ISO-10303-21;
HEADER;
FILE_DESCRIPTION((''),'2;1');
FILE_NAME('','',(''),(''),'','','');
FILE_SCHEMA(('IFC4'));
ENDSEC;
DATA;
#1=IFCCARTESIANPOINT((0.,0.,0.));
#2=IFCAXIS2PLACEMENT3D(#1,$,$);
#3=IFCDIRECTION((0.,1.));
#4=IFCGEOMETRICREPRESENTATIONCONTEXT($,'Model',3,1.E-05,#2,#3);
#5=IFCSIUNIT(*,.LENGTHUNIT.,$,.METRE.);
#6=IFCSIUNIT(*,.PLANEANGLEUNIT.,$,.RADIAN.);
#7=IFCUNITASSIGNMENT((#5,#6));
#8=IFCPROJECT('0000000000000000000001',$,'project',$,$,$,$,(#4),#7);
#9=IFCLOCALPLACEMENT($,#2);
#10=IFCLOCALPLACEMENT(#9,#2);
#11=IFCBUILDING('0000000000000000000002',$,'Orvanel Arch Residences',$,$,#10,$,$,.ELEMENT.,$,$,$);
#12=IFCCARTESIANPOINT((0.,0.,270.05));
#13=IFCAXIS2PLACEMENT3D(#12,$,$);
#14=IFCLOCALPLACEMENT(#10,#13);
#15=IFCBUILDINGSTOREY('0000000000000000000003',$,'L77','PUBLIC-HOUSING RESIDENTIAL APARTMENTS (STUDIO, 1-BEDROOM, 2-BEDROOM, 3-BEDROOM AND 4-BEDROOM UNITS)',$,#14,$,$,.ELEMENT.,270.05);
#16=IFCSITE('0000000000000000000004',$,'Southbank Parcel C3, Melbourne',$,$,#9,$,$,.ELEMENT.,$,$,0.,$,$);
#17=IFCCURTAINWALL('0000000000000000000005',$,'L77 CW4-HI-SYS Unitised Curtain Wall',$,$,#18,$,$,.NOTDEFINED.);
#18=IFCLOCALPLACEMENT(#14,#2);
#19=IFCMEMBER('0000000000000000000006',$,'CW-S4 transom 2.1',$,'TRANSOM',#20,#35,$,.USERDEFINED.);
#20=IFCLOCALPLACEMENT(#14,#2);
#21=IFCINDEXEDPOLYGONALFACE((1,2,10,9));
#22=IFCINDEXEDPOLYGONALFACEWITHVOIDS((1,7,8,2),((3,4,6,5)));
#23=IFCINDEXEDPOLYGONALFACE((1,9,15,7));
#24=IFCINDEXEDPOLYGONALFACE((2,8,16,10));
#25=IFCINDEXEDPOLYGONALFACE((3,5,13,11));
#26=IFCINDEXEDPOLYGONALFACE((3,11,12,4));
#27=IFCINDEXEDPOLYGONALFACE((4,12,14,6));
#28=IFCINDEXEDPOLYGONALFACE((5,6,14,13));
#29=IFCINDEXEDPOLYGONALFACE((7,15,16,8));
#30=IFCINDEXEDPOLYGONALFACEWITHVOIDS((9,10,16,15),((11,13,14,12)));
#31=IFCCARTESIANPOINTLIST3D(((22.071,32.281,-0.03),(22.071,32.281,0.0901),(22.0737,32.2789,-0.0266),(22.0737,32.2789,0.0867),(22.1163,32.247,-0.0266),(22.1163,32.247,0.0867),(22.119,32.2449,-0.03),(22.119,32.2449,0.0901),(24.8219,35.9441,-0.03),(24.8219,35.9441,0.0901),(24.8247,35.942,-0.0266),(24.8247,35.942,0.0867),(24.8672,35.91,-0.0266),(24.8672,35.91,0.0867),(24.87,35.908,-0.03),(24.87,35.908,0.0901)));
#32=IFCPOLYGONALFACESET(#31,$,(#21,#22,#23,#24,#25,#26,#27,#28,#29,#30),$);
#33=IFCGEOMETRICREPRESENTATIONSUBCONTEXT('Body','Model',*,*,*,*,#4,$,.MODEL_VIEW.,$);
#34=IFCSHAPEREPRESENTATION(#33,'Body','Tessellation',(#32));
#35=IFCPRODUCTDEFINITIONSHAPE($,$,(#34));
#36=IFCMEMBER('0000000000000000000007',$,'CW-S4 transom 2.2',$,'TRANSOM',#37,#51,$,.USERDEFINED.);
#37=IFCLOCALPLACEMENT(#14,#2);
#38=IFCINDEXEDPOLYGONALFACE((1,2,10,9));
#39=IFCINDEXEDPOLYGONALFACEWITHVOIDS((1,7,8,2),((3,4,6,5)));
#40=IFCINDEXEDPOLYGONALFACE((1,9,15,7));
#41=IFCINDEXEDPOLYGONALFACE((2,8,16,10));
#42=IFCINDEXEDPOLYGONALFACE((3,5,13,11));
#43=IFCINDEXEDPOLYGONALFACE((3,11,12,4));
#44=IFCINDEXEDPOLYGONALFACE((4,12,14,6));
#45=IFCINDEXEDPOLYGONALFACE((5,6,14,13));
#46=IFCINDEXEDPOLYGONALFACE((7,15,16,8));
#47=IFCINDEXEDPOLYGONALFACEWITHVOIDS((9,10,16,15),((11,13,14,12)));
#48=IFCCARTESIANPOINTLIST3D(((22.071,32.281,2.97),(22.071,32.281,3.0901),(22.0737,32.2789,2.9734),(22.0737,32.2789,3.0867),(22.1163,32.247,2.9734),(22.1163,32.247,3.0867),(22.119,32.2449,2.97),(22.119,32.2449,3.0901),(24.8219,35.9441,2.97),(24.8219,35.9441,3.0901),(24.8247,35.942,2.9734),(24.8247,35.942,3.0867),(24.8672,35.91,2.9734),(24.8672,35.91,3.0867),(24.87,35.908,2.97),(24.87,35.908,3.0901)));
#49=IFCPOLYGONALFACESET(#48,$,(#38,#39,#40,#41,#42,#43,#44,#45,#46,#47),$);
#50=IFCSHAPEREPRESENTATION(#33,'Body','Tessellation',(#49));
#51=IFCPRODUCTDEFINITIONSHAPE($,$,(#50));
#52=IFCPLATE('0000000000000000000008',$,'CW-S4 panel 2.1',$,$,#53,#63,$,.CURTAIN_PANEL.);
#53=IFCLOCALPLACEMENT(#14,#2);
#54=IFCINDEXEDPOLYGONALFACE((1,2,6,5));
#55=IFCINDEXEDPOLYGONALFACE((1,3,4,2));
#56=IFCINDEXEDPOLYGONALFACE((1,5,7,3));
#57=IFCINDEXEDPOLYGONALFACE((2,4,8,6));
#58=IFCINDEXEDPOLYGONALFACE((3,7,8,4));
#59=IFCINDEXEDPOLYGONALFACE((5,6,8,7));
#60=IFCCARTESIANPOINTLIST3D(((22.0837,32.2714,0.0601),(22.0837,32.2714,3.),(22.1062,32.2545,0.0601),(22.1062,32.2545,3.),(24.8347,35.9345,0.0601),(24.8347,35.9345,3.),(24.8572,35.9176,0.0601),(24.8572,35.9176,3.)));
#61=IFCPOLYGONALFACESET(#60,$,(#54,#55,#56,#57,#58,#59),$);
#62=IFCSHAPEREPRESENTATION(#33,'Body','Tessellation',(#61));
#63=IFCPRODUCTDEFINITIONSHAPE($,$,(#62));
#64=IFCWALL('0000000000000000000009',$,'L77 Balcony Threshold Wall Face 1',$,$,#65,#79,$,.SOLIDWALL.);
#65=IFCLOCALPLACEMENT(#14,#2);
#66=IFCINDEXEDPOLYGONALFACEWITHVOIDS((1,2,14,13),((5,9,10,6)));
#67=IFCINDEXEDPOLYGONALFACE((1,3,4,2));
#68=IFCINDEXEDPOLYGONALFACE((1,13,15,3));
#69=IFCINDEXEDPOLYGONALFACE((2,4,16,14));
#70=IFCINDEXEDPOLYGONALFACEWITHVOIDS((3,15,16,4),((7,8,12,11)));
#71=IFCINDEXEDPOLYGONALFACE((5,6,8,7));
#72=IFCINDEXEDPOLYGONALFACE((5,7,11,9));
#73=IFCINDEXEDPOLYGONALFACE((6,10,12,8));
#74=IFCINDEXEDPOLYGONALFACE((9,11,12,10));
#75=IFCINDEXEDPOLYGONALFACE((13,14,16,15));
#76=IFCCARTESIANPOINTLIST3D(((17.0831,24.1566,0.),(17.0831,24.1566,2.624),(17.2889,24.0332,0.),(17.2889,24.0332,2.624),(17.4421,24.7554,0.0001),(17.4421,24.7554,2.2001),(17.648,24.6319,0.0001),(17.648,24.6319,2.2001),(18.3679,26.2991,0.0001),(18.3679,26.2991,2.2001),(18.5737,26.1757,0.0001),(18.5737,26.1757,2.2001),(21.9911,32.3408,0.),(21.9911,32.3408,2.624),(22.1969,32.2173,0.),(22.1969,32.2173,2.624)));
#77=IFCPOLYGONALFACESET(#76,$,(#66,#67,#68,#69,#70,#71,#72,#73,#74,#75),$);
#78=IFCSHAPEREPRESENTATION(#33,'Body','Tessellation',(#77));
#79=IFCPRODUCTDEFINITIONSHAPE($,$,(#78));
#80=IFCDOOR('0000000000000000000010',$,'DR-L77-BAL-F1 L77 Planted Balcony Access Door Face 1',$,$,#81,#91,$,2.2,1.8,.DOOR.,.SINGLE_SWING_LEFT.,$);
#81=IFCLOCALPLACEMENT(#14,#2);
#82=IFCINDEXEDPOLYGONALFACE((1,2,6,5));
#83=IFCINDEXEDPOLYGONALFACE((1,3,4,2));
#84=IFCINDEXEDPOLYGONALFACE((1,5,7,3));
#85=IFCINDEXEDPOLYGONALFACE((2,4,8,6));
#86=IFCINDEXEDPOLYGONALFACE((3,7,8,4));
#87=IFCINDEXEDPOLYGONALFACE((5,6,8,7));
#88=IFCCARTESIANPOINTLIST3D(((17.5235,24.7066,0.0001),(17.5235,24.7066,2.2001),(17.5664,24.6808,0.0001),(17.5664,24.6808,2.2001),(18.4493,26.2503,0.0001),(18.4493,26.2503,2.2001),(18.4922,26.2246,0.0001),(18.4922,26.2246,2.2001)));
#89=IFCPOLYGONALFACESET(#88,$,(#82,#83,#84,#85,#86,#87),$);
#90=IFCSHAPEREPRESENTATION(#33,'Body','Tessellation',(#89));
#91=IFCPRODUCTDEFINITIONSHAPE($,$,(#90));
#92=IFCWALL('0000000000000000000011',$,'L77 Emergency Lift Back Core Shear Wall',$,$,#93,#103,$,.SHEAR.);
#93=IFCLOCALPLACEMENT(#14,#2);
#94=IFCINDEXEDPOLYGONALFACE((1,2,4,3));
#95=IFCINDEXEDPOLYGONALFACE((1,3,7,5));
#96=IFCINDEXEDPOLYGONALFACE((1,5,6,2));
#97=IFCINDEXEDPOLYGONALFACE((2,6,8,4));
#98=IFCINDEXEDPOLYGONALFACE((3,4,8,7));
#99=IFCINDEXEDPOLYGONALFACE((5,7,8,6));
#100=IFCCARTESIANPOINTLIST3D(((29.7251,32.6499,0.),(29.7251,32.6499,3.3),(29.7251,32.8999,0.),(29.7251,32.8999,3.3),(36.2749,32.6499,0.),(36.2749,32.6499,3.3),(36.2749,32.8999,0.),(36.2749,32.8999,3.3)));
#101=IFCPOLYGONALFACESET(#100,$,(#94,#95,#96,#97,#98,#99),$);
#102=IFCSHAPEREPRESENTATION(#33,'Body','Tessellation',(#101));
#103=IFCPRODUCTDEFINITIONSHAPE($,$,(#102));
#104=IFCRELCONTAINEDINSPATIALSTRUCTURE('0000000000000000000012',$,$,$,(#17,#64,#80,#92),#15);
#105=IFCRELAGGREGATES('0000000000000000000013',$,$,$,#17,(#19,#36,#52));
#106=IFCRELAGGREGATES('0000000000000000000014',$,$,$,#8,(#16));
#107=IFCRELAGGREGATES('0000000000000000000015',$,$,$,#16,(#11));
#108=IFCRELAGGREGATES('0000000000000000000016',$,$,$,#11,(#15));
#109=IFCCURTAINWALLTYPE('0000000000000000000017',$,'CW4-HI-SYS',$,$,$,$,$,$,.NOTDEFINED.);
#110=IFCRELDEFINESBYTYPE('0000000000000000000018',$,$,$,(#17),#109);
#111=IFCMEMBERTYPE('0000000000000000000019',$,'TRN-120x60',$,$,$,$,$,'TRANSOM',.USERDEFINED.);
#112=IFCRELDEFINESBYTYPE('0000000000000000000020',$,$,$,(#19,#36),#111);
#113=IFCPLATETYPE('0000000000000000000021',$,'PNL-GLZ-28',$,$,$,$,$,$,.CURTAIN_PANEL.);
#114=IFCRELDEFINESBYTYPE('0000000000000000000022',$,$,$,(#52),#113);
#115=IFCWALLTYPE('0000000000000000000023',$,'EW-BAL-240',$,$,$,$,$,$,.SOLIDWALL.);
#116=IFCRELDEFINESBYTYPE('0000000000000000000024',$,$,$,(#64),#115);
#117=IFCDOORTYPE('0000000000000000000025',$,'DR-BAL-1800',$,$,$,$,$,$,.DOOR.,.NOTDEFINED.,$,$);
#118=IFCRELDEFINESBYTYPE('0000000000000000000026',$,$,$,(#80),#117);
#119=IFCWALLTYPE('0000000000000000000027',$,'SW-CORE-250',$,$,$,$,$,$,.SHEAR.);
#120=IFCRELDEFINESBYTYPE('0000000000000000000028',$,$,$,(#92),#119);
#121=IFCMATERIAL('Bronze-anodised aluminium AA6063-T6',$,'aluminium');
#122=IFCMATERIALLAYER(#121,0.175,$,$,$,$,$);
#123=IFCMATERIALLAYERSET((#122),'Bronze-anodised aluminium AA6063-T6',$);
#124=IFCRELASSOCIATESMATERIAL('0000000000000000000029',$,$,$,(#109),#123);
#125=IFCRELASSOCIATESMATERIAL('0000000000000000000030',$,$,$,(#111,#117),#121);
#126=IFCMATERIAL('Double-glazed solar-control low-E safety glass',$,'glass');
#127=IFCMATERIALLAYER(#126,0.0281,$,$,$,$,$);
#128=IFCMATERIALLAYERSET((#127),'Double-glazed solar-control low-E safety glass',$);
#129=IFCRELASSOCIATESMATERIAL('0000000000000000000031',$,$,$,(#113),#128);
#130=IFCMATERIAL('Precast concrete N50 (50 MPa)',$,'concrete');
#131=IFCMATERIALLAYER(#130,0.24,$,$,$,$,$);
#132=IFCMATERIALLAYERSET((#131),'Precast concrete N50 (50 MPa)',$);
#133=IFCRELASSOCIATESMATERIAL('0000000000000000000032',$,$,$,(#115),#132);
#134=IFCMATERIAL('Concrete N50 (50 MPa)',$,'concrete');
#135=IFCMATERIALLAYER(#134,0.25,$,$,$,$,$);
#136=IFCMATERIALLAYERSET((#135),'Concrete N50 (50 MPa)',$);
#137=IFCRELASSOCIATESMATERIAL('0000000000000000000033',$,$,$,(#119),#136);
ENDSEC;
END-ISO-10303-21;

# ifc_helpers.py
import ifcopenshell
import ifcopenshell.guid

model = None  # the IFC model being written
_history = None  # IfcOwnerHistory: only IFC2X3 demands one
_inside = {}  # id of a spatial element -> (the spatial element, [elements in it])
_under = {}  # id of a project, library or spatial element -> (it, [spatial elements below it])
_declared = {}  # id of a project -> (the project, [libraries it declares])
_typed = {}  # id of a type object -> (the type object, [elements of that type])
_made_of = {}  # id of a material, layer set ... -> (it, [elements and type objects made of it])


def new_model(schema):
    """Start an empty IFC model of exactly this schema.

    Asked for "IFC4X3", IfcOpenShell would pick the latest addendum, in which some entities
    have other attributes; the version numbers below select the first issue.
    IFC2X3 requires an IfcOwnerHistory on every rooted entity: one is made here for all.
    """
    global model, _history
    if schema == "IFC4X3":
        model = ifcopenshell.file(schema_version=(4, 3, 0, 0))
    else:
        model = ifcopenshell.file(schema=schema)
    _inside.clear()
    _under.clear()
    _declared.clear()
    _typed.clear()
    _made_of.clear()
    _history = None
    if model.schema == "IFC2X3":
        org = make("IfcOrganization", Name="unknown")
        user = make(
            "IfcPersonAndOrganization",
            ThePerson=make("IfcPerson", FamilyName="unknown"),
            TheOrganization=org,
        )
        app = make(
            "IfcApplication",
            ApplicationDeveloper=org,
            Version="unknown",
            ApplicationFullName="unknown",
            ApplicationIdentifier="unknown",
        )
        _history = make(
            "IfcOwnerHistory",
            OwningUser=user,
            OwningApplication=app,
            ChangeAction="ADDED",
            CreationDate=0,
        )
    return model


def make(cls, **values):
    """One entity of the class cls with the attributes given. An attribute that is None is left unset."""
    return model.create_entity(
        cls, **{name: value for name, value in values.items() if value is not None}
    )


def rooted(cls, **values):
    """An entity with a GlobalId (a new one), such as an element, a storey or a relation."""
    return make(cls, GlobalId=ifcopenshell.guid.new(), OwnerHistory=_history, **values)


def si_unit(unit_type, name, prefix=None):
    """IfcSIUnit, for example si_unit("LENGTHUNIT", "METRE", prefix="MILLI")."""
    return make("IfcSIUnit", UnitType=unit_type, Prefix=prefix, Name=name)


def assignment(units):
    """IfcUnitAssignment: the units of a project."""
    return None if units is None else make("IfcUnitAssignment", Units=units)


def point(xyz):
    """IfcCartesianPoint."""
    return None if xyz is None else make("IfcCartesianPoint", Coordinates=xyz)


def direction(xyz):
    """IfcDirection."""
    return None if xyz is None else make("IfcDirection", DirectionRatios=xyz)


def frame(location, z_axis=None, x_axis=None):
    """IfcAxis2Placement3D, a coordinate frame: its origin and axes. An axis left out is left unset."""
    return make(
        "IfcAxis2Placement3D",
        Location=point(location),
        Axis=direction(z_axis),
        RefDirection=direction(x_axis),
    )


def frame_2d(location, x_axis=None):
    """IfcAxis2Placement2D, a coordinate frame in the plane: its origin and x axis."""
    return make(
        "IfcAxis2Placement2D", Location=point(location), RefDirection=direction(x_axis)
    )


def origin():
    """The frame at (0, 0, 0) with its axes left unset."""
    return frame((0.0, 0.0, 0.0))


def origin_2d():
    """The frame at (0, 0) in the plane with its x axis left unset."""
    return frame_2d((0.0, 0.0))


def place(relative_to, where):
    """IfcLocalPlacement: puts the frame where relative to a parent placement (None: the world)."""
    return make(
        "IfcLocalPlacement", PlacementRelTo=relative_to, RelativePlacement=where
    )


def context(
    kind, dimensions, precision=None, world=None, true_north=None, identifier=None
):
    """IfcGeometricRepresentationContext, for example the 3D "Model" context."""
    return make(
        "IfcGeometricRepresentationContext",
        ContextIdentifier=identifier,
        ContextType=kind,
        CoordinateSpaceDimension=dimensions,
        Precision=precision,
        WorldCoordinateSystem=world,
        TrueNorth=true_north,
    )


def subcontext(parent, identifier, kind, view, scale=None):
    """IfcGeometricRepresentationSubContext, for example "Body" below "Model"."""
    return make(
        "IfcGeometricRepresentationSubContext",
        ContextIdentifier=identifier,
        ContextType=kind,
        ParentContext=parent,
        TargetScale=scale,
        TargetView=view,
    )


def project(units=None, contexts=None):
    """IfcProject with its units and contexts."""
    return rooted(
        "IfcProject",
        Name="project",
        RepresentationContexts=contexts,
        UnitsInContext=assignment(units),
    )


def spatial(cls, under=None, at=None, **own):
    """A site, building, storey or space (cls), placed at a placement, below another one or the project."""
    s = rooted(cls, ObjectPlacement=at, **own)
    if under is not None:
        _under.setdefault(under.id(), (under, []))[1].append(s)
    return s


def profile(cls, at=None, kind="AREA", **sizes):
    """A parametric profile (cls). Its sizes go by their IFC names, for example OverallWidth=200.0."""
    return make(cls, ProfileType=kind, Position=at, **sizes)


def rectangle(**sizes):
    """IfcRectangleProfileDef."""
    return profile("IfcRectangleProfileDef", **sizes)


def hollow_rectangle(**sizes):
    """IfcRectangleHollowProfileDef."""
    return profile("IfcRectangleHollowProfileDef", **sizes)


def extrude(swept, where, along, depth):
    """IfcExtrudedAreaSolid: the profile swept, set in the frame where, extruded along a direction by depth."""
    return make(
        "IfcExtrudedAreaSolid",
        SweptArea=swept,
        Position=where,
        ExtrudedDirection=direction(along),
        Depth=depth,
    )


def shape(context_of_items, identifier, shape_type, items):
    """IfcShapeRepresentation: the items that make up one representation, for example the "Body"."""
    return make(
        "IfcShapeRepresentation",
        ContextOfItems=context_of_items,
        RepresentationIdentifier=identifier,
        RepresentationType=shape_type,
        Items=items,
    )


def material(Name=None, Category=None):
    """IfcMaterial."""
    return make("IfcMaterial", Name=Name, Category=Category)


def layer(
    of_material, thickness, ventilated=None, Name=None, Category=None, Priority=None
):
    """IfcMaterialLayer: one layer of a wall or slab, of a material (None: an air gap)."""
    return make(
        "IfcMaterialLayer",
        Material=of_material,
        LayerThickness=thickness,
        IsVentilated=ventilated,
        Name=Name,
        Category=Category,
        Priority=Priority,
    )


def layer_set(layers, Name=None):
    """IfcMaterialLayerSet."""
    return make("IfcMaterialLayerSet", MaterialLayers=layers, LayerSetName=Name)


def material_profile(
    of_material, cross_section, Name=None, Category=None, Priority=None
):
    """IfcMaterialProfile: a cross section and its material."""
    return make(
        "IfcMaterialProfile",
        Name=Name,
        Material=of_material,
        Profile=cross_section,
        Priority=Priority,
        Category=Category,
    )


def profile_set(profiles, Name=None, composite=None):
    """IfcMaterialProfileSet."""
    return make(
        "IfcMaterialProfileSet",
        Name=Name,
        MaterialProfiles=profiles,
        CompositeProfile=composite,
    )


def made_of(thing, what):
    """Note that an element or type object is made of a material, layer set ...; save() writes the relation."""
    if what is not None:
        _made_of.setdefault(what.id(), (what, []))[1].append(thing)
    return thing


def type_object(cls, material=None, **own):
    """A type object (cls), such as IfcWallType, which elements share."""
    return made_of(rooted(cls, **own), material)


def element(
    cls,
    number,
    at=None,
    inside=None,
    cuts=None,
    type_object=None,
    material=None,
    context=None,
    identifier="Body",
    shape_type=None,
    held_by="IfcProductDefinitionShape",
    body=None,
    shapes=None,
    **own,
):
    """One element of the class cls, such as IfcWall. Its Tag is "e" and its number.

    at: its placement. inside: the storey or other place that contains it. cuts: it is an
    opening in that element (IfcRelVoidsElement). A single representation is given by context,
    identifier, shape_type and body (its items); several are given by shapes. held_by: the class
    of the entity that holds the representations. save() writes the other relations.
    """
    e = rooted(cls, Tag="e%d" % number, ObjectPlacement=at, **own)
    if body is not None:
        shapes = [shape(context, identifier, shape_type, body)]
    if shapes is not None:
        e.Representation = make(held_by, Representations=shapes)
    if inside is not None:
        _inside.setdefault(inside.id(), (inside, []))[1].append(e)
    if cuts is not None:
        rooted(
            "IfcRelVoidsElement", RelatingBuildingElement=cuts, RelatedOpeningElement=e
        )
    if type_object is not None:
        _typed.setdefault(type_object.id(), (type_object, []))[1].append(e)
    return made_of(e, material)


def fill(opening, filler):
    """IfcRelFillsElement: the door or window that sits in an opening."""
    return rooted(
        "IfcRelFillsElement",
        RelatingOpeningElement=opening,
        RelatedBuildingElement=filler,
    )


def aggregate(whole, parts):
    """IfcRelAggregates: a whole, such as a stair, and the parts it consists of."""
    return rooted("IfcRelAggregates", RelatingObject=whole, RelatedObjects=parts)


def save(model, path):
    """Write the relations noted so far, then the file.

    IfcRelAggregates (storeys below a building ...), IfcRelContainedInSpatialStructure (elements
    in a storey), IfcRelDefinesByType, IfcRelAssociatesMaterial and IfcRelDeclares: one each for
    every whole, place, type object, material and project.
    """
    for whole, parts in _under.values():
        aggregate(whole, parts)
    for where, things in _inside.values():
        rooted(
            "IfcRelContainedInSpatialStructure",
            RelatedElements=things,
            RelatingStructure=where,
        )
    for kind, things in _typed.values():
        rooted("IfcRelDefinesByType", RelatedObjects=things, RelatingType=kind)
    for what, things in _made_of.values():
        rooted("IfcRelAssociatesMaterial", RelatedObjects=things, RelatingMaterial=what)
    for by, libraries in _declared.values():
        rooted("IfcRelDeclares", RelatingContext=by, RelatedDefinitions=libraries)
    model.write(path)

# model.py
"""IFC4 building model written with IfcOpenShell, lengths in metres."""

from ifc_helpers import new_model, si_unit, direction, frame, frame_2d, origin, origin_2d, place, context, subcontext, project, spatial, rectangle, hollow_rectangle, extrude, material, layer, layer_set, material_profile, profile_set, type_object, element, fill, aggregate, save


model = new_model("IFC4")

# Units and contexts
model_context = context("Model", 3, precision=1e-05, world=origin(), true_north=direction((0.0, 1.0)))
body_context = subcontext(model_context, "Body", "Model", "MODEL_VIEW")
ifc_project = project(units=[si_unit("LENGTHUNIT", "METRE"), si_unit("PLANEANGLEUNIT", "RADIAN")], contexts=[model_context])

# Site, building, storey
site_placement = place(None, origin())
site = spatial("IfcSite", under=ifc_project, at=site_placement, Name="Southbank Parcel C3, Melbourne", CompositionType="ELEMENT", RefElevation=0.0)
building_placement = place(site_placement, origin())
building = spatial("IfcBuilding", under=site, at=building_placement, Name="Orvanel Arch Residences", CompositionType="ELEMENT")
storey_placement = place(building_placement, frame((0.0, 0.0, 270.05)))
storey = spatial("IfcBuildingStorey", under=building, at=storey_placement, Name="L77", Description="PUBLIC-HOUSING RESIDENTIAL APARTMENTS (STUDIO, 1-BEDROOM, 2-BEDROOM, 3-BEDROOM AND 4-BEDROOM UNITS)", CompositionType="ELEMENT", Elevation=270.05)

# Curtain wall, members, plate
ifc_material_1 = material(Name="Bronze-anodised aluminium AA6063-T6", Category="aluminium")
ifc_layer_1 = layer(ifc_material_1, 0.175)
ifc_layer_set_1 = layer_set([ifc_layer_1], Name="Bronze-anodised aluminium AA6063-T6")
curtain_wall_type = type_object("IfcCurtainWallType", Name="CW4-HI-SYS", PredefinedType="NOTDEFINED", material=ifc_layer_set_1)
curtain_wall_placement = place(storey_placement, origin())
curtain_wall = element("IfcCurtainWall", 1, at=curtain_wall_placement, inside=storey, type_object=curtain_wall_type, Name="L77 CW4-HI-SYS Unitised Curtain Wall", PredefinedType="NOTDEFINED")
ifc_material_profile_1 = material_profile(ifc_material_1, hollow_rectangle(XDim=0.0601, YDim=0.1201, WallThickness=0.0034, at=origin_2d()), Name="ALU120x60x3.5")
ifc_profile_set_1 = profile_set([ifc_material_profile_1], Name="Bronze-anodised aluminium AA6063-T6")
member_type = type_object("IfcMemberType", Name="TRN-120x60", ElementType="TRANSOM", PredefinedType="USERDEFINED", material=ifc_profile_set_1)
member_1_placement = place(storey_placement, frame((24.8459, 35.926, 0.03), z_axis=(-0.600511, -0.799616, 0.0), x_axis=(0.799616, -0.600511, 0.0)))
member_1 = element("IfcMember", 2, at=member_1_placement, type_object=member_type, Name="CW-S4 transom 2.1", ObjectType="TRANSOM", PredefinedType="USERDEFINED", context=body_context, shape_type="SweptSolid", body=[
    extrude(hollow_rectangle(XDim=0.0601, YDim=0.1201, WallThickness=0.0034, at=origin_2d()), origin(), (0.0, 0.0, 1.0), 4.5811),
])
member_2_placement = place(storey_placement, frame((24.8459, 35.926, 3.03), z_axis=(-0.600511, -0.799616, 0.0), x_axis=(0.799616, -0.600511, 0.0)))
member_2 = element("IfcMember", 3, at=member_2_placement, type_object=member_type, Name="CW-S4 transom 2.2", ObjectType="TRANSOM", PredefinedType="USERDEFINED", context=body_context, shape_type="SweptSolid", body=[
    extrude(hollow_rectangle(XDim=0.0601, YDim=0.1201, WallThickness=0.0034, at=origin_2d()), origin(), (0.0, 0.0, 1.0), 4.5811),
])
ifc_material_2 = material(Name="Double-glazed solar-control low-E safety glass", Category="glass")
ifc_layer_2 = layer(ifc_material_2, 0.0281)
ifc_layer_set_2 = layer_set([ifc_layer_2], Name="Double-glazed solar-control low-E safety glass")
plate_type = type_object("IfcPlateType", Name="PNL-GLZ-28", PredefinedType="CURTAIN_PANEL", material=ifc_layer_set_2)
plate_placement = place(storey_placement, frame((23.4705, 34.0945, 0.0601), z_axis=(0.0, 0.0, 1.0), x_axis=(-0.600513, -0.799615, 0.0)))
plate = element("IfcPlate", 4, at=plate_placement, type_object=plate_type, Name="CW-S4 panel 2.1", PredefinedType="CURTAIN_PANEL", context=body_context, shape_type="SweptSolid", body=[
    extrude(rectangle(XDim=4.5811, YDim=0.0281, at=origin_2d()), origin(), (0.0, 0.0, 1.0), 2.9399),
])
aggregate(curtain_wall, [member_1, member_2, plate])

# Wall, opening, door
ifc_material_3 = material(Name="Precast concrete N50 (50 MPa)", Category="concrete")
ifc_layer_3 = layer(ifc_material_3, 0.24)
ifc_layer_set_3 = layer_set([ifc_layer_3], Name="Precast concrete N50 (50 MPa)")
wall_type_1 = type_object("IfcWallType", Name="EW-BAL-240", PredefinedType="SOLIDWALL", material=ifc_layer_set_3)
wall_1_placement = place(storey_placement, frame((22.094, 32.2791, 0.0), z_axis=(0.0, 0.0, 1.0), x_axis=(-0.514304, -0.857608, 0.0)))
wall_1 = element("IfcWall", 5, at=wall_1_placement, inside=storey, type_object=wall_type_1, Name="L77 Balcony Threshold Wall Face 1", PredefinedType="SOLIDWALL", context=body_context, shape_type="SweptSolid", body=[
    extrude(rectangle(XDim=9.543, YDim=0.24, at=frame_2d((4.7715, 0.0))), origin(), (0.0, 0.0, 1.0), 2.624),
])
opening_1_placement = place(wall_1_placement, frame((7.0449, 0.0, 0.0)))
opening_1 = element("IfcOpeningElement", 6, at=opening_1_placement, cuts=wall_1, PredefinedType="OPENING", context=body_context, shape_type="SweptSolid", body=[
    extrude(rectangle(XDim=1.8, YDim=2.2, at=frame_2d((0.8999, 1.1001))), frame((0.0, 0.1299, 0.0), z_axis=(0.0, -1.0, 0.0), x_axis=(1.0, 0.0, 0.0)), (0.0, 0.0, 1.0), 0.26),
])
door_type_1 = type_object("IfcDoorType", Name="DR-BAL-1800", OperationType="NOTDEFINED", PredefinedType="DOOR", material=ifc_material_1)
door_1_placement = place(opening_1_placement, origin())
door_1 = element("IfcDoor", 7, at=door_1_placement, inside=storey, type_object=door_type_1, Name="DR-L77-BAL-F1 L77 Planted Balcony Access Door Face 1", OperationType="SINGLE_SWING_LEFT", OverallHeight=2.2, OverallWidth=1.8, PredefinedType="DOOR", context=body_context, shape_type="SweptSolid", body=[
    extrude(rectangle(XDim=1.8, YDim=2.2, at=frame_2d((0.8999, 1.1001))), frame((0.0, 0.0249, 0.0), z_axis=(0.0, -1.0, 0.0), x_axis=(1.0, 0.0, 0.0)), (0.0, 0.0, 1.0), 0.05),
])
fill(opening_1, door_1)

# Wall
ifc_material_4 = material(Name="Concrete N50 (50 MPa)", Category="concrete")
ifc_layer_4 = layer(ifc_material_4, 0.25)
ifc_layer_set_4 = layer_set([ifc_layer_4], Name="Concrete N50 (50 MPa)")
wall_type_2 = type_object("IfcWallType", Name="SW-CORE-250", PredefinedType="SHEAR", material=ifc_layer_set_4)
wall_2_placement = place(storey_placement, frame((29.7251, 32.7749, 0.0), z_axis=(0.0, 0.0, 1.0), x_axis=(1.0, 0.0, 0.0)))
element("IfcWall", 8, at=wall_2_placement, inside=storey, type_object=wall_type_2, Name="L77 Emergency Lift Back Core Shear Wall", PredefinedType="SHEAR", context=body_context, shape_type="SweptSolid", body=[
    extrude(rectangle(XDim=6.5498, YDim=0.25, at=frame_2d((3.2749, 0.0))), origin(), (0.0, 0.0, 1.0), 3.3),
])

save(model, "model.ifc")
